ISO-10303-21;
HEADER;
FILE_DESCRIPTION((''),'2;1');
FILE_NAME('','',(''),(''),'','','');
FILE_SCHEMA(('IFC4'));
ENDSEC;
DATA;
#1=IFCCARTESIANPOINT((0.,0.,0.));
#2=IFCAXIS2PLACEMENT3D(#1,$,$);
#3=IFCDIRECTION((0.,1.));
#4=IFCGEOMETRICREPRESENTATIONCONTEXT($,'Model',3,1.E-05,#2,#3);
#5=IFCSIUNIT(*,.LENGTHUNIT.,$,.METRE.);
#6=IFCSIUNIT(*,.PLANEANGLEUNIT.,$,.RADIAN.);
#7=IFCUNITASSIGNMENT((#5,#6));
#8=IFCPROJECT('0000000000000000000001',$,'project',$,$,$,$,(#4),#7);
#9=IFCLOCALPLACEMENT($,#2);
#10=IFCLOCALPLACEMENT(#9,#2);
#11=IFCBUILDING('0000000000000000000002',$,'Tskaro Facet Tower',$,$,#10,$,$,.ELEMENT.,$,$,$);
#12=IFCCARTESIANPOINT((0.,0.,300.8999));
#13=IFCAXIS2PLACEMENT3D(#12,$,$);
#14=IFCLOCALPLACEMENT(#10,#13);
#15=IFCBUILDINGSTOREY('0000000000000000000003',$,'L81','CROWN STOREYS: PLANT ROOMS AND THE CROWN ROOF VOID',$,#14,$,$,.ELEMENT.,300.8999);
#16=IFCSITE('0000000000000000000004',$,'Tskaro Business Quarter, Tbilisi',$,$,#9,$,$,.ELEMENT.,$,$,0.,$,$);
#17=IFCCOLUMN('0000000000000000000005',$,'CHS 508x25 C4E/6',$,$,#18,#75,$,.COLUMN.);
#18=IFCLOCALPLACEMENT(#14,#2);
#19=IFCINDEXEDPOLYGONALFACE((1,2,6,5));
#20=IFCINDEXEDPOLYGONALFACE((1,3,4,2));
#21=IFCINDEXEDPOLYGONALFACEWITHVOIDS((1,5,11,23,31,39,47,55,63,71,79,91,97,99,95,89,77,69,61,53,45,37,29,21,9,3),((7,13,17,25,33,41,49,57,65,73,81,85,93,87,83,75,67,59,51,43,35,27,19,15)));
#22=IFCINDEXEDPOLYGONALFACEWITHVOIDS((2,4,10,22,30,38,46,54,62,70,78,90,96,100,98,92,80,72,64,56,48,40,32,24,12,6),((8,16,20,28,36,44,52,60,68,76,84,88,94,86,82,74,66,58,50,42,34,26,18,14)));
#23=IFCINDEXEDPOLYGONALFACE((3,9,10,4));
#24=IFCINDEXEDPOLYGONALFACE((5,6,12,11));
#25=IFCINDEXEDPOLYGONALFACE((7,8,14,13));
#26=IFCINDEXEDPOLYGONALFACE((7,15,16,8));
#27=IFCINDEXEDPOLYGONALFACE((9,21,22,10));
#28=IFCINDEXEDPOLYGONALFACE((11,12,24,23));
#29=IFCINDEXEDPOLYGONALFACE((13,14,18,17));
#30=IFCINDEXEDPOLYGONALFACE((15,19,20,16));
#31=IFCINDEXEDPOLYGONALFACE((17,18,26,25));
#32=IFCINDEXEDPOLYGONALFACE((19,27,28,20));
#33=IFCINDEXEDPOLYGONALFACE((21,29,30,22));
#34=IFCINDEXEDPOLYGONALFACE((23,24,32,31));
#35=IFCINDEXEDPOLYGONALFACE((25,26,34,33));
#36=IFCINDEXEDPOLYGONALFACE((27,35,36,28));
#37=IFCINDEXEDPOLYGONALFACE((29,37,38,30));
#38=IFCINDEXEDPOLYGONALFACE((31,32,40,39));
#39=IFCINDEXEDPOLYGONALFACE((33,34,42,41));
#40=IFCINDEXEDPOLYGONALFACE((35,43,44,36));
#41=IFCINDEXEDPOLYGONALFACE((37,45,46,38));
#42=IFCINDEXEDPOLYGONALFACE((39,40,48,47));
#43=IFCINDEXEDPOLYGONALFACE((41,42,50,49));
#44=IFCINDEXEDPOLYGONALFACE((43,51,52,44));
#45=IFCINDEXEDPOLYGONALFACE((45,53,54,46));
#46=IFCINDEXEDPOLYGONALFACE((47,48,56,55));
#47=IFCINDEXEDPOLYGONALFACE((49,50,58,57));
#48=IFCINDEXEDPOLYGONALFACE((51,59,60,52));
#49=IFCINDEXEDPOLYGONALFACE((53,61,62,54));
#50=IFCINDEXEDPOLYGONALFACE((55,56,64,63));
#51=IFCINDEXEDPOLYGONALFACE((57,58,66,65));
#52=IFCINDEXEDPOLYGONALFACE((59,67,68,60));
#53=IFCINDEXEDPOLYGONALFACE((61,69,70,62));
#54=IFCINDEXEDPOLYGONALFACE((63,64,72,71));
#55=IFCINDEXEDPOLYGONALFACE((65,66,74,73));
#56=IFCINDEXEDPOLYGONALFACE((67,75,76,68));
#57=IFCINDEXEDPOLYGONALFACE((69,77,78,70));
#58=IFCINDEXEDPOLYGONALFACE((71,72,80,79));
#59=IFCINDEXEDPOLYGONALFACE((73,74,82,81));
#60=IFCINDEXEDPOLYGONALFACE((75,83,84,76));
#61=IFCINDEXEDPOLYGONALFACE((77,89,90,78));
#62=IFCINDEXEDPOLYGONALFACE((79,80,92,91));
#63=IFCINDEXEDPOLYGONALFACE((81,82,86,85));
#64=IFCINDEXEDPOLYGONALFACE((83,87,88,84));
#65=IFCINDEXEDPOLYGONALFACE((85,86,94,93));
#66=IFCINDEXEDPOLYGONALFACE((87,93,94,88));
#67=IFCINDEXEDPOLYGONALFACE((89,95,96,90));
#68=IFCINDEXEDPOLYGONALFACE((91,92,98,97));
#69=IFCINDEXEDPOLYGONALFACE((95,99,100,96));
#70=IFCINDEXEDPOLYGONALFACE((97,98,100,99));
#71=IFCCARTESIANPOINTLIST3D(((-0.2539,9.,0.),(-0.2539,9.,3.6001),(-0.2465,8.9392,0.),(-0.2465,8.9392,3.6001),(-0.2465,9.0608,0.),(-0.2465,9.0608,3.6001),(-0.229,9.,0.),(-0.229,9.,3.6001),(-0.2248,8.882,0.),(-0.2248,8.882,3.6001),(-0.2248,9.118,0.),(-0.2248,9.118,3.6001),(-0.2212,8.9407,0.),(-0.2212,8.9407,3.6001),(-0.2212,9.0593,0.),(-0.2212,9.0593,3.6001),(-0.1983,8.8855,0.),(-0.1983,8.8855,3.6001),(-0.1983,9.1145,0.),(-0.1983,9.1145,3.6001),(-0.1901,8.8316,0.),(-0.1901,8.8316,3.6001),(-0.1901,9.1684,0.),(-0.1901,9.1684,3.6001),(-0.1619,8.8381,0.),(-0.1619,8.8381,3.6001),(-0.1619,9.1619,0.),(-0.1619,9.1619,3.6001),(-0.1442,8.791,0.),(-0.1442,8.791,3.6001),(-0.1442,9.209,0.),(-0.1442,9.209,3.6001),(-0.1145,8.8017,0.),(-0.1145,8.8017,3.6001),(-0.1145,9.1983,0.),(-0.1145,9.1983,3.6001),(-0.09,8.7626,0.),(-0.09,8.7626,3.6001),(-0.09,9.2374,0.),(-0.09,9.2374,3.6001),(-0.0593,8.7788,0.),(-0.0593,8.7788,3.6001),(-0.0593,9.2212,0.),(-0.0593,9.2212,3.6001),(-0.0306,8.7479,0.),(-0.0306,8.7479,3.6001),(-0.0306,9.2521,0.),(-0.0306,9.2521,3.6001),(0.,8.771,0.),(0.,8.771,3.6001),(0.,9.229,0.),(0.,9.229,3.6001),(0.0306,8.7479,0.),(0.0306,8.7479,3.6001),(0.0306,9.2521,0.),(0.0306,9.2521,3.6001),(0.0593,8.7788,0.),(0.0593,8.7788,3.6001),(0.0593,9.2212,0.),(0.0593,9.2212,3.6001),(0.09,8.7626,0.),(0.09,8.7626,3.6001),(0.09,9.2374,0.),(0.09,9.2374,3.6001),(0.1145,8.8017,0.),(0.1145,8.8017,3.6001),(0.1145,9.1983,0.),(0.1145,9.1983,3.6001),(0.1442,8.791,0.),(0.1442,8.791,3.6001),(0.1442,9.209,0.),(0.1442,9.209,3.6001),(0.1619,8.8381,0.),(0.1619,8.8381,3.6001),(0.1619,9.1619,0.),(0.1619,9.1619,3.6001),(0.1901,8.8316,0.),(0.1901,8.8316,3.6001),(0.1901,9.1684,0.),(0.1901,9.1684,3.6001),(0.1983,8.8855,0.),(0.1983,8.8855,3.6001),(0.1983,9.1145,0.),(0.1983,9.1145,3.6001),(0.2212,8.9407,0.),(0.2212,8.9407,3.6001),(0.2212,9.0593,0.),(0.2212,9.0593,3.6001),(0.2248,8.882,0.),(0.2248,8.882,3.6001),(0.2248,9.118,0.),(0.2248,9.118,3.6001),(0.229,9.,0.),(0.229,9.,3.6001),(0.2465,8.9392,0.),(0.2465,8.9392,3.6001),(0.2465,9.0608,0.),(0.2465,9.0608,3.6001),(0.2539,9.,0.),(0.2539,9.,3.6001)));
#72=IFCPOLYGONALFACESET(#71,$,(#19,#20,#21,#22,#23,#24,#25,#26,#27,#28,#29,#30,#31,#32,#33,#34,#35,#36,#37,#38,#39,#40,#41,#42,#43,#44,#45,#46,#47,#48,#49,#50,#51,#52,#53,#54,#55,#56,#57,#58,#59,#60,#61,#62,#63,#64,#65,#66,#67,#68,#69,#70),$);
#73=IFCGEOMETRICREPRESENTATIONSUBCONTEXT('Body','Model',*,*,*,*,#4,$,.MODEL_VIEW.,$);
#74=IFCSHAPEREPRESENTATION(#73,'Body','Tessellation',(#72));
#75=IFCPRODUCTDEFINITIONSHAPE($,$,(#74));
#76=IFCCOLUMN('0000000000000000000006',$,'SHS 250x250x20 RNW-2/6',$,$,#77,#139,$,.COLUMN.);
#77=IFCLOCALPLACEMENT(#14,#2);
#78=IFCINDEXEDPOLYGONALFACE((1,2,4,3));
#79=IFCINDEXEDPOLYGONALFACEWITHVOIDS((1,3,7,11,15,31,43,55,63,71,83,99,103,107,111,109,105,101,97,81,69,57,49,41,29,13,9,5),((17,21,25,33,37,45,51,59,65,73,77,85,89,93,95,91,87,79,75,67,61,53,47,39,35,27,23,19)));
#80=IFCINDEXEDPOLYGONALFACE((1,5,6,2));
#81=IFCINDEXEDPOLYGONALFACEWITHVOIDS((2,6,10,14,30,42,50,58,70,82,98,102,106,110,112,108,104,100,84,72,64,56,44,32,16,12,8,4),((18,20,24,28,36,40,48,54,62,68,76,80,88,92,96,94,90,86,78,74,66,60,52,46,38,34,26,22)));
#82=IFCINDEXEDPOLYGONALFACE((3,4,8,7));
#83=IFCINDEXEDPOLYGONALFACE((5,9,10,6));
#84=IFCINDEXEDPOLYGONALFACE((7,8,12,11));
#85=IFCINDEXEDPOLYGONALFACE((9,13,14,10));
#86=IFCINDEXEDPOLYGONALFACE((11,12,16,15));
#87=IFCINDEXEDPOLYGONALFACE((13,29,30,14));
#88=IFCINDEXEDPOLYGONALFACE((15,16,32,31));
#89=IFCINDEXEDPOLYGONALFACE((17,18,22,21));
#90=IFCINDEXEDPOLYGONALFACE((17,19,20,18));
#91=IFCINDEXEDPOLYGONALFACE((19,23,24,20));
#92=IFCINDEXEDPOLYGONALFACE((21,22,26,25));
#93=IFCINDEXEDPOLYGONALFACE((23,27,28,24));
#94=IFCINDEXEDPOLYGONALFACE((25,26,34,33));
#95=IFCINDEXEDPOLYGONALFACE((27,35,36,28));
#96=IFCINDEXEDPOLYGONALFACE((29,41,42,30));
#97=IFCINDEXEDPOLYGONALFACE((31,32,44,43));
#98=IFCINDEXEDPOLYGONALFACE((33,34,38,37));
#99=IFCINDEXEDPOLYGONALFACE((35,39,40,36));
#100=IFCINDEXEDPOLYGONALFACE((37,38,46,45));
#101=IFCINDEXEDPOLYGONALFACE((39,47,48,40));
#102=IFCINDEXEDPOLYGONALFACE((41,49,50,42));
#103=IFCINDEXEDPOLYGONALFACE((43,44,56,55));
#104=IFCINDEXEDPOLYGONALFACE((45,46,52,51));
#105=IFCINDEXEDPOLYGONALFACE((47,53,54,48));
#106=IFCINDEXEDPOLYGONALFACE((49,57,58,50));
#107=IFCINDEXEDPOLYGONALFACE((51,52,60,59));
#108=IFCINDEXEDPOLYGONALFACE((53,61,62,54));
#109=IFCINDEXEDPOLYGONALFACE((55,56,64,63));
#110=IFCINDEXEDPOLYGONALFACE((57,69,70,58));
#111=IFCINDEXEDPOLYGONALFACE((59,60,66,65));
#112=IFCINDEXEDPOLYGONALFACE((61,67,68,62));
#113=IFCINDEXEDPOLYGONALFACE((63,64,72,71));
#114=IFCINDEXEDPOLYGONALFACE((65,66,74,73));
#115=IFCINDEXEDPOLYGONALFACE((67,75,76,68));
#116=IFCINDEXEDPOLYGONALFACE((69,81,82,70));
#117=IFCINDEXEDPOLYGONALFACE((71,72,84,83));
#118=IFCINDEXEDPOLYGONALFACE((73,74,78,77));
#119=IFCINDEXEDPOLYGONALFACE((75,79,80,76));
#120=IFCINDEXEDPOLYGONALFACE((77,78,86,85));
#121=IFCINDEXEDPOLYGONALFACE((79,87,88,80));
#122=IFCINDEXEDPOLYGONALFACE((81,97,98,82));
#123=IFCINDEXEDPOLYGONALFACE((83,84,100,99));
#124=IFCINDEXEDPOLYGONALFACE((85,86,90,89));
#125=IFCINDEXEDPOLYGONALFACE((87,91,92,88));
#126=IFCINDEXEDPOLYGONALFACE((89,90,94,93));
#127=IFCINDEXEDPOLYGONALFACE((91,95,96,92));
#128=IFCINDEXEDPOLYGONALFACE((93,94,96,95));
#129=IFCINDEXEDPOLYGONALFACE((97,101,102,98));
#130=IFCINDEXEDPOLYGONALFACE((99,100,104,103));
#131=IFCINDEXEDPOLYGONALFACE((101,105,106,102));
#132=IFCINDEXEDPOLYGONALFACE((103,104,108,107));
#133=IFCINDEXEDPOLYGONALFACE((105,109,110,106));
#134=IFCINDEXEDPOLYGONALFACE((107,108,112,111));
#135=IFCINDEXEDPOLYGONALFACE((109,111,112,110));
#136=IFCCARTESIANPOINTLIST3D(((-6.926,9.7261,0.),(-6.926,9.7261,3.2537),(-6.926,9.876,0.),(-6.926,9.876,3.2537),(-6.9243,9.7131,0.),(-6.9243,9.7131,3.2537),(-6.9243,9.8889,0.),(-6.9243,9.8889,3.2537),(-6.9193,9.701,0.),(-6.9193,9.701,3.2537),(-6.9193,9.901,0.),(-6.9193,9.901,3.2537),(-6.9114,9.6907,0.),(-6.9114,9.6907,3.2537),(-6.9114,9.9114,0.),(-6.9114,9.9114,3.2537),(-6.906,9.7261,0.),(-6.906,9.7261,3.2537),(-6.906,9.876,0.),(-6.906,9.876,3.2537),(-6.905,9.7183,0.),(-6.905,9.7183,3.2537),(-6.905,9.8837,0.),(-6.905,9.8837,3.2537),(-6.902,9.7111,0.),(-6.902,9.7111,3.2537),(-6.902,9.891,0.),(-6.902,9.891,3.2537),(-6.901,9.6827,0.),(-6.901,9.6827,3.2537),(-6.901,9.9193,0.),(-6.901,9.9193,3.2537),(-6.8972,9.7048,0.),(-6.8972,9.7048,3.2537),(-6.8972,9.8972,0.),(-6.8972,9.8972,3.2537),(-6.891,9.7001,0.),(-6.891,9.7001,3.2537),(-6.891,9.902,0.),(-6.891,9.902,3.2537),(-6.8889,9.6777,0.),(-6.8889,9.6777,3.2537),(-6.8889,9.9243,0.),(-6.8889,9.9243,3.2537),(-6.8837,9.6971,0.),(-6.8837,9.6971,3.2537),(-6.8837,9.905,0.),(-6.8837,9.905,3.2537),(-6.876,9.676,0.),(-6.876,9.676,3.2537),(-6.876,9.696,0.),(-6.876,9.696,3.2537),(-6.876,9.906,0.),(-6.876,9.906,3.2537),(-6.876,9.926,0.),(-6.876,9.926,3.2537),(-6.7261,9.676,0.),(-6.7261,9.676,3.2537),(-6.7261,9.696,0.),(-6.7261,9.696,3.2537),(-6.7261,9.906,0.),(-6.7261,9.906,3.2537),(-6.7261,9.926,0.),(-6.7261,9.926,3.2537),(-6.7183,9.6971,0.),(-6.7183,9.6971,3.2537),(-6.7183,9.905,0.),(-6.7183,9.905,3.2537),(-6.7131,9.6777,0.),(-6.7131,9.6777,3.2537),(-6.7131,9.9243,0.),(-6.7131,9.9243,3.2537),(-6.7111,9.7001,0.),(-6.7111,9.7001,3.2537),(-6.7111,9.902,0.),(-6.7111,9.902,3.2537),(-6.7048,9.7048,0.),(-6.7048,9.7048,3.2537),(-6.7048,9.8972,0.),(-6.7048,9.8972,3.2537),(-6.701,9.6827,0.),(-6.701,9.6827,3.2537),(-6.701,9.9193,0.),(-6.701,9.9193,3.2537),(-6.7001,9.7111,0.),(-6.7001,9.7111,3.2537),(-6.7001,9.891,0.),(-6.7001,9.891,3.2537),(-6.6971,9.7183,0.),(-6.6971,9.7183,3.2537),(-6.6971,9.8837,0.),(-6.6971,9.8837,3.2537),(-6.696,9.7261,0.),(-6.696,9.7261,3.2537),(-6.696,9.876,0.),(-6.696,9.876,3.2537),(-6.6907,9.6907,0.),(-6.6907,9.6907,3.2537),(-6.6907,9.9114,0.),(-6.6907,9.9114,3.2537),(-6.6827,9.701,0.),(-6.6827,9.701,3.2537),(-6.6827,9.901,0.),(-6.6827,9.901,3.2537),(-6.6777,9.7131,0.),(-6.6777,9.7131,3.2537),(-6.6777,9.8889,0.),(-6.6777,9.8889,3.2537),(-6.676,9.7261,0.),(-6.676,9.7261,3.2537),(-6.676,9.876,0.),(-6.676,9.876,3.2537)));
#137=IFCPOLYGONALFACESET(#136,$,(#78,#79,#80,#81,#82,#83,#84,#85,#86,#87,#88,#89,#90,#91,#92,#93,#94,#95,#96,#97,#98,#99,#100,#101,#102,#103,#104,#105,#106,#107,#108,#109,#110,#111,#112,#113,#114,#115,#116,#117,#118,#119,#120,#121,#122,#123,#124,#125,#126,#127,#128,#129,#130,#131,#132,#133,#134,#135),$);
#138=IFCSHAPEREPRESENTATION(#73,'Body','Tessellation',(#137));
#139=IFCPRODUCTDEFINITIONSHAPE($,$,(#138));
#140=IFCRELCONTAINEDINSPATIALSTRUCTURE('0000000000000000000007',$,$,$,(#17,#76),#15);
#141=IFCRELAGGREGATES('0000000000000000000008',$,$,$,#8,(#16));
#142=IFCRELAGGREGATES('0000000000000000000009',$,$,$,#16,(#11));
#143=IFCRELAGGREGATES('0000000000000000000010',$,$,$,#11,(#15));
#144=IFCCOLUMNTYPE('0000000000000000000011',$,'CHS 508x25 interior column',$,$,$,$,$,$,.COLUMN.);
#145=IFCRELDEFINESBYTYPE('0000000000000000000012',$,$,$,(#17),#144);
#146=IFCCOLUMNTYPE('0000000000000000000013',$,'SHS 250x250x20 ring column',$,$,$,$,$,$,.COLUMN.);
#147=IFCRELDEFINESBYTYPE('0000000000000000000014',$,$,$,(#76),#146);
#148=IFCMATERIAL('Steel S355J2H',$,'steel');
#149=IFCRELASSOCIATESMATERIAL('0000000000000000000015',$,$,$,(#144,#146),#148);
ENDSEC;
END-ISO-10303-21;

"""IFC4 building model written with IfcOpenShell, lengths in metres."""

from ifc_helpers import new_model, si_unit, direction, frame, origin, origin_2d, place, context, subcontext, project, spatial, hollow_rectangle, hollow_circle, extrude, material, material_profile, profile_set, type_object, element, save


model = new_model("IFC4")

# Units and contexts
model_context = context("Model", 3, precision=1e-05, world=origin(), true_north=direction((0.0, 1.0)))
body_context = subcontext(model_context, "Body", "Model", "MODEL_VIEW")
ifc_project = project(units=[si_unit("LENGTHUNIT", "METRE"), si_unit("PLANEANGLEUNIT", "RADIAN")], contexts=[model_context])

# Site, building, storey
site_placement = place(None, origin())
site = spatial("IfcSite", under=ifc_project, at=site_placement, Name="Tskaro Business Quarter, Tbilisi", CompositionType="ELEMENT", RefElevation=0.0)
building_placement = place(site_placement, origin())
building = spatial("IfcBuilding", under=site, at=building_placement, Name="Tskaro Facet Tower", CompositionType="ELEMENT")
storey_placement = place(building_placement, frame((0.0, 0.0, 300.8999)))
storey = spatial("IfcBuildingStorey", under=building, at=storey_placement, Name="L81", Description="CROWN STOREYS: PLANT ROOMS AND THE CROWN ROOF VOID", CompositionType="ELEMENT", Elevation=300.8999)

# Columns
ifc_material_1 = material(Name="Steel S355J2H", Category="steel")
ifc_material_profile_1 = material_profile(ifc_material_1, hollow_circle(Radius=0.2539, WallThickness=0.0249, at=origin_2d()), Name="CHS 508x25")
ifc_profile_set_1 = profile_set([ifc_material_profile_1], Name="Steel S355J2H")
column_type_1 = type_object("IfcColumnType", Name="CHS 508x25 interior column", PredefinedType="COLUMN", material=ifc_profile_set_1)
column_1_placement = place(storey_placement, frame((0.0, 9.0, 0.0), z_axis=(0.0, 0.0, 1.0), x_axis=(1.0, 0.0, 0.0)))
element("IfcColumn", 1, at=column_1_placement, inside=storey, type_object=column_type_1, Name="CHS 508x25 C4E/6", PredefinedType="COLUMN", context=body_context, shape_type="SweptSolid", body=[
    extrude(hollow_circle(Radius=0.2539, WallThickness=0.0249, at=origin_2d()), origin(), (0.0, 0.0, 1.0), 3.6001),
])
ifc_material_profile_2 = material_profile(ifc_material_1, hollow_rectangle(XDim=0.25, YDim=0.25, WallThickness=0.02, InnerFilletRadius=0.03, OuterFilletRadius=0.05, at=origin_2d()), Name="SHS 250x250x20")
ifc_profile_set_2 = profile_set([ifc_material_profile_2], Name="Steel S355J2H")
column_type_2 = type_object("IfcColumnType", Name="SHS 250x250x20 ring column", PredefinedType="COLUMN", material=ifc_profile_set_2)
column_2_placement = place(storey_placement, frame((-6.801, 9.801, 0.0), z_axis=(0.0, 0.0, 1.0), x_axis=(1.0, 0.0, 0.0)))
element("IfcColumn", 2, at=column_2_placement, inside=storey, type_object=column_type_2, Name="SHS 250x250x20 RNW-2/6", PredefinedType="COLUMN", context=body_context, shape_type="SweptSolid", body=[
    extrude(hollow_rectangle(XDim=0.25, YDim=0.25, WallThickness=0.02, InnerFilletRadius=0.03, OuterFilletRadius=0.05, at=origin_2d()), origin(), (0.0, 0.0, 1.0), 3.2537),
])

save(model, "model.ifc")
